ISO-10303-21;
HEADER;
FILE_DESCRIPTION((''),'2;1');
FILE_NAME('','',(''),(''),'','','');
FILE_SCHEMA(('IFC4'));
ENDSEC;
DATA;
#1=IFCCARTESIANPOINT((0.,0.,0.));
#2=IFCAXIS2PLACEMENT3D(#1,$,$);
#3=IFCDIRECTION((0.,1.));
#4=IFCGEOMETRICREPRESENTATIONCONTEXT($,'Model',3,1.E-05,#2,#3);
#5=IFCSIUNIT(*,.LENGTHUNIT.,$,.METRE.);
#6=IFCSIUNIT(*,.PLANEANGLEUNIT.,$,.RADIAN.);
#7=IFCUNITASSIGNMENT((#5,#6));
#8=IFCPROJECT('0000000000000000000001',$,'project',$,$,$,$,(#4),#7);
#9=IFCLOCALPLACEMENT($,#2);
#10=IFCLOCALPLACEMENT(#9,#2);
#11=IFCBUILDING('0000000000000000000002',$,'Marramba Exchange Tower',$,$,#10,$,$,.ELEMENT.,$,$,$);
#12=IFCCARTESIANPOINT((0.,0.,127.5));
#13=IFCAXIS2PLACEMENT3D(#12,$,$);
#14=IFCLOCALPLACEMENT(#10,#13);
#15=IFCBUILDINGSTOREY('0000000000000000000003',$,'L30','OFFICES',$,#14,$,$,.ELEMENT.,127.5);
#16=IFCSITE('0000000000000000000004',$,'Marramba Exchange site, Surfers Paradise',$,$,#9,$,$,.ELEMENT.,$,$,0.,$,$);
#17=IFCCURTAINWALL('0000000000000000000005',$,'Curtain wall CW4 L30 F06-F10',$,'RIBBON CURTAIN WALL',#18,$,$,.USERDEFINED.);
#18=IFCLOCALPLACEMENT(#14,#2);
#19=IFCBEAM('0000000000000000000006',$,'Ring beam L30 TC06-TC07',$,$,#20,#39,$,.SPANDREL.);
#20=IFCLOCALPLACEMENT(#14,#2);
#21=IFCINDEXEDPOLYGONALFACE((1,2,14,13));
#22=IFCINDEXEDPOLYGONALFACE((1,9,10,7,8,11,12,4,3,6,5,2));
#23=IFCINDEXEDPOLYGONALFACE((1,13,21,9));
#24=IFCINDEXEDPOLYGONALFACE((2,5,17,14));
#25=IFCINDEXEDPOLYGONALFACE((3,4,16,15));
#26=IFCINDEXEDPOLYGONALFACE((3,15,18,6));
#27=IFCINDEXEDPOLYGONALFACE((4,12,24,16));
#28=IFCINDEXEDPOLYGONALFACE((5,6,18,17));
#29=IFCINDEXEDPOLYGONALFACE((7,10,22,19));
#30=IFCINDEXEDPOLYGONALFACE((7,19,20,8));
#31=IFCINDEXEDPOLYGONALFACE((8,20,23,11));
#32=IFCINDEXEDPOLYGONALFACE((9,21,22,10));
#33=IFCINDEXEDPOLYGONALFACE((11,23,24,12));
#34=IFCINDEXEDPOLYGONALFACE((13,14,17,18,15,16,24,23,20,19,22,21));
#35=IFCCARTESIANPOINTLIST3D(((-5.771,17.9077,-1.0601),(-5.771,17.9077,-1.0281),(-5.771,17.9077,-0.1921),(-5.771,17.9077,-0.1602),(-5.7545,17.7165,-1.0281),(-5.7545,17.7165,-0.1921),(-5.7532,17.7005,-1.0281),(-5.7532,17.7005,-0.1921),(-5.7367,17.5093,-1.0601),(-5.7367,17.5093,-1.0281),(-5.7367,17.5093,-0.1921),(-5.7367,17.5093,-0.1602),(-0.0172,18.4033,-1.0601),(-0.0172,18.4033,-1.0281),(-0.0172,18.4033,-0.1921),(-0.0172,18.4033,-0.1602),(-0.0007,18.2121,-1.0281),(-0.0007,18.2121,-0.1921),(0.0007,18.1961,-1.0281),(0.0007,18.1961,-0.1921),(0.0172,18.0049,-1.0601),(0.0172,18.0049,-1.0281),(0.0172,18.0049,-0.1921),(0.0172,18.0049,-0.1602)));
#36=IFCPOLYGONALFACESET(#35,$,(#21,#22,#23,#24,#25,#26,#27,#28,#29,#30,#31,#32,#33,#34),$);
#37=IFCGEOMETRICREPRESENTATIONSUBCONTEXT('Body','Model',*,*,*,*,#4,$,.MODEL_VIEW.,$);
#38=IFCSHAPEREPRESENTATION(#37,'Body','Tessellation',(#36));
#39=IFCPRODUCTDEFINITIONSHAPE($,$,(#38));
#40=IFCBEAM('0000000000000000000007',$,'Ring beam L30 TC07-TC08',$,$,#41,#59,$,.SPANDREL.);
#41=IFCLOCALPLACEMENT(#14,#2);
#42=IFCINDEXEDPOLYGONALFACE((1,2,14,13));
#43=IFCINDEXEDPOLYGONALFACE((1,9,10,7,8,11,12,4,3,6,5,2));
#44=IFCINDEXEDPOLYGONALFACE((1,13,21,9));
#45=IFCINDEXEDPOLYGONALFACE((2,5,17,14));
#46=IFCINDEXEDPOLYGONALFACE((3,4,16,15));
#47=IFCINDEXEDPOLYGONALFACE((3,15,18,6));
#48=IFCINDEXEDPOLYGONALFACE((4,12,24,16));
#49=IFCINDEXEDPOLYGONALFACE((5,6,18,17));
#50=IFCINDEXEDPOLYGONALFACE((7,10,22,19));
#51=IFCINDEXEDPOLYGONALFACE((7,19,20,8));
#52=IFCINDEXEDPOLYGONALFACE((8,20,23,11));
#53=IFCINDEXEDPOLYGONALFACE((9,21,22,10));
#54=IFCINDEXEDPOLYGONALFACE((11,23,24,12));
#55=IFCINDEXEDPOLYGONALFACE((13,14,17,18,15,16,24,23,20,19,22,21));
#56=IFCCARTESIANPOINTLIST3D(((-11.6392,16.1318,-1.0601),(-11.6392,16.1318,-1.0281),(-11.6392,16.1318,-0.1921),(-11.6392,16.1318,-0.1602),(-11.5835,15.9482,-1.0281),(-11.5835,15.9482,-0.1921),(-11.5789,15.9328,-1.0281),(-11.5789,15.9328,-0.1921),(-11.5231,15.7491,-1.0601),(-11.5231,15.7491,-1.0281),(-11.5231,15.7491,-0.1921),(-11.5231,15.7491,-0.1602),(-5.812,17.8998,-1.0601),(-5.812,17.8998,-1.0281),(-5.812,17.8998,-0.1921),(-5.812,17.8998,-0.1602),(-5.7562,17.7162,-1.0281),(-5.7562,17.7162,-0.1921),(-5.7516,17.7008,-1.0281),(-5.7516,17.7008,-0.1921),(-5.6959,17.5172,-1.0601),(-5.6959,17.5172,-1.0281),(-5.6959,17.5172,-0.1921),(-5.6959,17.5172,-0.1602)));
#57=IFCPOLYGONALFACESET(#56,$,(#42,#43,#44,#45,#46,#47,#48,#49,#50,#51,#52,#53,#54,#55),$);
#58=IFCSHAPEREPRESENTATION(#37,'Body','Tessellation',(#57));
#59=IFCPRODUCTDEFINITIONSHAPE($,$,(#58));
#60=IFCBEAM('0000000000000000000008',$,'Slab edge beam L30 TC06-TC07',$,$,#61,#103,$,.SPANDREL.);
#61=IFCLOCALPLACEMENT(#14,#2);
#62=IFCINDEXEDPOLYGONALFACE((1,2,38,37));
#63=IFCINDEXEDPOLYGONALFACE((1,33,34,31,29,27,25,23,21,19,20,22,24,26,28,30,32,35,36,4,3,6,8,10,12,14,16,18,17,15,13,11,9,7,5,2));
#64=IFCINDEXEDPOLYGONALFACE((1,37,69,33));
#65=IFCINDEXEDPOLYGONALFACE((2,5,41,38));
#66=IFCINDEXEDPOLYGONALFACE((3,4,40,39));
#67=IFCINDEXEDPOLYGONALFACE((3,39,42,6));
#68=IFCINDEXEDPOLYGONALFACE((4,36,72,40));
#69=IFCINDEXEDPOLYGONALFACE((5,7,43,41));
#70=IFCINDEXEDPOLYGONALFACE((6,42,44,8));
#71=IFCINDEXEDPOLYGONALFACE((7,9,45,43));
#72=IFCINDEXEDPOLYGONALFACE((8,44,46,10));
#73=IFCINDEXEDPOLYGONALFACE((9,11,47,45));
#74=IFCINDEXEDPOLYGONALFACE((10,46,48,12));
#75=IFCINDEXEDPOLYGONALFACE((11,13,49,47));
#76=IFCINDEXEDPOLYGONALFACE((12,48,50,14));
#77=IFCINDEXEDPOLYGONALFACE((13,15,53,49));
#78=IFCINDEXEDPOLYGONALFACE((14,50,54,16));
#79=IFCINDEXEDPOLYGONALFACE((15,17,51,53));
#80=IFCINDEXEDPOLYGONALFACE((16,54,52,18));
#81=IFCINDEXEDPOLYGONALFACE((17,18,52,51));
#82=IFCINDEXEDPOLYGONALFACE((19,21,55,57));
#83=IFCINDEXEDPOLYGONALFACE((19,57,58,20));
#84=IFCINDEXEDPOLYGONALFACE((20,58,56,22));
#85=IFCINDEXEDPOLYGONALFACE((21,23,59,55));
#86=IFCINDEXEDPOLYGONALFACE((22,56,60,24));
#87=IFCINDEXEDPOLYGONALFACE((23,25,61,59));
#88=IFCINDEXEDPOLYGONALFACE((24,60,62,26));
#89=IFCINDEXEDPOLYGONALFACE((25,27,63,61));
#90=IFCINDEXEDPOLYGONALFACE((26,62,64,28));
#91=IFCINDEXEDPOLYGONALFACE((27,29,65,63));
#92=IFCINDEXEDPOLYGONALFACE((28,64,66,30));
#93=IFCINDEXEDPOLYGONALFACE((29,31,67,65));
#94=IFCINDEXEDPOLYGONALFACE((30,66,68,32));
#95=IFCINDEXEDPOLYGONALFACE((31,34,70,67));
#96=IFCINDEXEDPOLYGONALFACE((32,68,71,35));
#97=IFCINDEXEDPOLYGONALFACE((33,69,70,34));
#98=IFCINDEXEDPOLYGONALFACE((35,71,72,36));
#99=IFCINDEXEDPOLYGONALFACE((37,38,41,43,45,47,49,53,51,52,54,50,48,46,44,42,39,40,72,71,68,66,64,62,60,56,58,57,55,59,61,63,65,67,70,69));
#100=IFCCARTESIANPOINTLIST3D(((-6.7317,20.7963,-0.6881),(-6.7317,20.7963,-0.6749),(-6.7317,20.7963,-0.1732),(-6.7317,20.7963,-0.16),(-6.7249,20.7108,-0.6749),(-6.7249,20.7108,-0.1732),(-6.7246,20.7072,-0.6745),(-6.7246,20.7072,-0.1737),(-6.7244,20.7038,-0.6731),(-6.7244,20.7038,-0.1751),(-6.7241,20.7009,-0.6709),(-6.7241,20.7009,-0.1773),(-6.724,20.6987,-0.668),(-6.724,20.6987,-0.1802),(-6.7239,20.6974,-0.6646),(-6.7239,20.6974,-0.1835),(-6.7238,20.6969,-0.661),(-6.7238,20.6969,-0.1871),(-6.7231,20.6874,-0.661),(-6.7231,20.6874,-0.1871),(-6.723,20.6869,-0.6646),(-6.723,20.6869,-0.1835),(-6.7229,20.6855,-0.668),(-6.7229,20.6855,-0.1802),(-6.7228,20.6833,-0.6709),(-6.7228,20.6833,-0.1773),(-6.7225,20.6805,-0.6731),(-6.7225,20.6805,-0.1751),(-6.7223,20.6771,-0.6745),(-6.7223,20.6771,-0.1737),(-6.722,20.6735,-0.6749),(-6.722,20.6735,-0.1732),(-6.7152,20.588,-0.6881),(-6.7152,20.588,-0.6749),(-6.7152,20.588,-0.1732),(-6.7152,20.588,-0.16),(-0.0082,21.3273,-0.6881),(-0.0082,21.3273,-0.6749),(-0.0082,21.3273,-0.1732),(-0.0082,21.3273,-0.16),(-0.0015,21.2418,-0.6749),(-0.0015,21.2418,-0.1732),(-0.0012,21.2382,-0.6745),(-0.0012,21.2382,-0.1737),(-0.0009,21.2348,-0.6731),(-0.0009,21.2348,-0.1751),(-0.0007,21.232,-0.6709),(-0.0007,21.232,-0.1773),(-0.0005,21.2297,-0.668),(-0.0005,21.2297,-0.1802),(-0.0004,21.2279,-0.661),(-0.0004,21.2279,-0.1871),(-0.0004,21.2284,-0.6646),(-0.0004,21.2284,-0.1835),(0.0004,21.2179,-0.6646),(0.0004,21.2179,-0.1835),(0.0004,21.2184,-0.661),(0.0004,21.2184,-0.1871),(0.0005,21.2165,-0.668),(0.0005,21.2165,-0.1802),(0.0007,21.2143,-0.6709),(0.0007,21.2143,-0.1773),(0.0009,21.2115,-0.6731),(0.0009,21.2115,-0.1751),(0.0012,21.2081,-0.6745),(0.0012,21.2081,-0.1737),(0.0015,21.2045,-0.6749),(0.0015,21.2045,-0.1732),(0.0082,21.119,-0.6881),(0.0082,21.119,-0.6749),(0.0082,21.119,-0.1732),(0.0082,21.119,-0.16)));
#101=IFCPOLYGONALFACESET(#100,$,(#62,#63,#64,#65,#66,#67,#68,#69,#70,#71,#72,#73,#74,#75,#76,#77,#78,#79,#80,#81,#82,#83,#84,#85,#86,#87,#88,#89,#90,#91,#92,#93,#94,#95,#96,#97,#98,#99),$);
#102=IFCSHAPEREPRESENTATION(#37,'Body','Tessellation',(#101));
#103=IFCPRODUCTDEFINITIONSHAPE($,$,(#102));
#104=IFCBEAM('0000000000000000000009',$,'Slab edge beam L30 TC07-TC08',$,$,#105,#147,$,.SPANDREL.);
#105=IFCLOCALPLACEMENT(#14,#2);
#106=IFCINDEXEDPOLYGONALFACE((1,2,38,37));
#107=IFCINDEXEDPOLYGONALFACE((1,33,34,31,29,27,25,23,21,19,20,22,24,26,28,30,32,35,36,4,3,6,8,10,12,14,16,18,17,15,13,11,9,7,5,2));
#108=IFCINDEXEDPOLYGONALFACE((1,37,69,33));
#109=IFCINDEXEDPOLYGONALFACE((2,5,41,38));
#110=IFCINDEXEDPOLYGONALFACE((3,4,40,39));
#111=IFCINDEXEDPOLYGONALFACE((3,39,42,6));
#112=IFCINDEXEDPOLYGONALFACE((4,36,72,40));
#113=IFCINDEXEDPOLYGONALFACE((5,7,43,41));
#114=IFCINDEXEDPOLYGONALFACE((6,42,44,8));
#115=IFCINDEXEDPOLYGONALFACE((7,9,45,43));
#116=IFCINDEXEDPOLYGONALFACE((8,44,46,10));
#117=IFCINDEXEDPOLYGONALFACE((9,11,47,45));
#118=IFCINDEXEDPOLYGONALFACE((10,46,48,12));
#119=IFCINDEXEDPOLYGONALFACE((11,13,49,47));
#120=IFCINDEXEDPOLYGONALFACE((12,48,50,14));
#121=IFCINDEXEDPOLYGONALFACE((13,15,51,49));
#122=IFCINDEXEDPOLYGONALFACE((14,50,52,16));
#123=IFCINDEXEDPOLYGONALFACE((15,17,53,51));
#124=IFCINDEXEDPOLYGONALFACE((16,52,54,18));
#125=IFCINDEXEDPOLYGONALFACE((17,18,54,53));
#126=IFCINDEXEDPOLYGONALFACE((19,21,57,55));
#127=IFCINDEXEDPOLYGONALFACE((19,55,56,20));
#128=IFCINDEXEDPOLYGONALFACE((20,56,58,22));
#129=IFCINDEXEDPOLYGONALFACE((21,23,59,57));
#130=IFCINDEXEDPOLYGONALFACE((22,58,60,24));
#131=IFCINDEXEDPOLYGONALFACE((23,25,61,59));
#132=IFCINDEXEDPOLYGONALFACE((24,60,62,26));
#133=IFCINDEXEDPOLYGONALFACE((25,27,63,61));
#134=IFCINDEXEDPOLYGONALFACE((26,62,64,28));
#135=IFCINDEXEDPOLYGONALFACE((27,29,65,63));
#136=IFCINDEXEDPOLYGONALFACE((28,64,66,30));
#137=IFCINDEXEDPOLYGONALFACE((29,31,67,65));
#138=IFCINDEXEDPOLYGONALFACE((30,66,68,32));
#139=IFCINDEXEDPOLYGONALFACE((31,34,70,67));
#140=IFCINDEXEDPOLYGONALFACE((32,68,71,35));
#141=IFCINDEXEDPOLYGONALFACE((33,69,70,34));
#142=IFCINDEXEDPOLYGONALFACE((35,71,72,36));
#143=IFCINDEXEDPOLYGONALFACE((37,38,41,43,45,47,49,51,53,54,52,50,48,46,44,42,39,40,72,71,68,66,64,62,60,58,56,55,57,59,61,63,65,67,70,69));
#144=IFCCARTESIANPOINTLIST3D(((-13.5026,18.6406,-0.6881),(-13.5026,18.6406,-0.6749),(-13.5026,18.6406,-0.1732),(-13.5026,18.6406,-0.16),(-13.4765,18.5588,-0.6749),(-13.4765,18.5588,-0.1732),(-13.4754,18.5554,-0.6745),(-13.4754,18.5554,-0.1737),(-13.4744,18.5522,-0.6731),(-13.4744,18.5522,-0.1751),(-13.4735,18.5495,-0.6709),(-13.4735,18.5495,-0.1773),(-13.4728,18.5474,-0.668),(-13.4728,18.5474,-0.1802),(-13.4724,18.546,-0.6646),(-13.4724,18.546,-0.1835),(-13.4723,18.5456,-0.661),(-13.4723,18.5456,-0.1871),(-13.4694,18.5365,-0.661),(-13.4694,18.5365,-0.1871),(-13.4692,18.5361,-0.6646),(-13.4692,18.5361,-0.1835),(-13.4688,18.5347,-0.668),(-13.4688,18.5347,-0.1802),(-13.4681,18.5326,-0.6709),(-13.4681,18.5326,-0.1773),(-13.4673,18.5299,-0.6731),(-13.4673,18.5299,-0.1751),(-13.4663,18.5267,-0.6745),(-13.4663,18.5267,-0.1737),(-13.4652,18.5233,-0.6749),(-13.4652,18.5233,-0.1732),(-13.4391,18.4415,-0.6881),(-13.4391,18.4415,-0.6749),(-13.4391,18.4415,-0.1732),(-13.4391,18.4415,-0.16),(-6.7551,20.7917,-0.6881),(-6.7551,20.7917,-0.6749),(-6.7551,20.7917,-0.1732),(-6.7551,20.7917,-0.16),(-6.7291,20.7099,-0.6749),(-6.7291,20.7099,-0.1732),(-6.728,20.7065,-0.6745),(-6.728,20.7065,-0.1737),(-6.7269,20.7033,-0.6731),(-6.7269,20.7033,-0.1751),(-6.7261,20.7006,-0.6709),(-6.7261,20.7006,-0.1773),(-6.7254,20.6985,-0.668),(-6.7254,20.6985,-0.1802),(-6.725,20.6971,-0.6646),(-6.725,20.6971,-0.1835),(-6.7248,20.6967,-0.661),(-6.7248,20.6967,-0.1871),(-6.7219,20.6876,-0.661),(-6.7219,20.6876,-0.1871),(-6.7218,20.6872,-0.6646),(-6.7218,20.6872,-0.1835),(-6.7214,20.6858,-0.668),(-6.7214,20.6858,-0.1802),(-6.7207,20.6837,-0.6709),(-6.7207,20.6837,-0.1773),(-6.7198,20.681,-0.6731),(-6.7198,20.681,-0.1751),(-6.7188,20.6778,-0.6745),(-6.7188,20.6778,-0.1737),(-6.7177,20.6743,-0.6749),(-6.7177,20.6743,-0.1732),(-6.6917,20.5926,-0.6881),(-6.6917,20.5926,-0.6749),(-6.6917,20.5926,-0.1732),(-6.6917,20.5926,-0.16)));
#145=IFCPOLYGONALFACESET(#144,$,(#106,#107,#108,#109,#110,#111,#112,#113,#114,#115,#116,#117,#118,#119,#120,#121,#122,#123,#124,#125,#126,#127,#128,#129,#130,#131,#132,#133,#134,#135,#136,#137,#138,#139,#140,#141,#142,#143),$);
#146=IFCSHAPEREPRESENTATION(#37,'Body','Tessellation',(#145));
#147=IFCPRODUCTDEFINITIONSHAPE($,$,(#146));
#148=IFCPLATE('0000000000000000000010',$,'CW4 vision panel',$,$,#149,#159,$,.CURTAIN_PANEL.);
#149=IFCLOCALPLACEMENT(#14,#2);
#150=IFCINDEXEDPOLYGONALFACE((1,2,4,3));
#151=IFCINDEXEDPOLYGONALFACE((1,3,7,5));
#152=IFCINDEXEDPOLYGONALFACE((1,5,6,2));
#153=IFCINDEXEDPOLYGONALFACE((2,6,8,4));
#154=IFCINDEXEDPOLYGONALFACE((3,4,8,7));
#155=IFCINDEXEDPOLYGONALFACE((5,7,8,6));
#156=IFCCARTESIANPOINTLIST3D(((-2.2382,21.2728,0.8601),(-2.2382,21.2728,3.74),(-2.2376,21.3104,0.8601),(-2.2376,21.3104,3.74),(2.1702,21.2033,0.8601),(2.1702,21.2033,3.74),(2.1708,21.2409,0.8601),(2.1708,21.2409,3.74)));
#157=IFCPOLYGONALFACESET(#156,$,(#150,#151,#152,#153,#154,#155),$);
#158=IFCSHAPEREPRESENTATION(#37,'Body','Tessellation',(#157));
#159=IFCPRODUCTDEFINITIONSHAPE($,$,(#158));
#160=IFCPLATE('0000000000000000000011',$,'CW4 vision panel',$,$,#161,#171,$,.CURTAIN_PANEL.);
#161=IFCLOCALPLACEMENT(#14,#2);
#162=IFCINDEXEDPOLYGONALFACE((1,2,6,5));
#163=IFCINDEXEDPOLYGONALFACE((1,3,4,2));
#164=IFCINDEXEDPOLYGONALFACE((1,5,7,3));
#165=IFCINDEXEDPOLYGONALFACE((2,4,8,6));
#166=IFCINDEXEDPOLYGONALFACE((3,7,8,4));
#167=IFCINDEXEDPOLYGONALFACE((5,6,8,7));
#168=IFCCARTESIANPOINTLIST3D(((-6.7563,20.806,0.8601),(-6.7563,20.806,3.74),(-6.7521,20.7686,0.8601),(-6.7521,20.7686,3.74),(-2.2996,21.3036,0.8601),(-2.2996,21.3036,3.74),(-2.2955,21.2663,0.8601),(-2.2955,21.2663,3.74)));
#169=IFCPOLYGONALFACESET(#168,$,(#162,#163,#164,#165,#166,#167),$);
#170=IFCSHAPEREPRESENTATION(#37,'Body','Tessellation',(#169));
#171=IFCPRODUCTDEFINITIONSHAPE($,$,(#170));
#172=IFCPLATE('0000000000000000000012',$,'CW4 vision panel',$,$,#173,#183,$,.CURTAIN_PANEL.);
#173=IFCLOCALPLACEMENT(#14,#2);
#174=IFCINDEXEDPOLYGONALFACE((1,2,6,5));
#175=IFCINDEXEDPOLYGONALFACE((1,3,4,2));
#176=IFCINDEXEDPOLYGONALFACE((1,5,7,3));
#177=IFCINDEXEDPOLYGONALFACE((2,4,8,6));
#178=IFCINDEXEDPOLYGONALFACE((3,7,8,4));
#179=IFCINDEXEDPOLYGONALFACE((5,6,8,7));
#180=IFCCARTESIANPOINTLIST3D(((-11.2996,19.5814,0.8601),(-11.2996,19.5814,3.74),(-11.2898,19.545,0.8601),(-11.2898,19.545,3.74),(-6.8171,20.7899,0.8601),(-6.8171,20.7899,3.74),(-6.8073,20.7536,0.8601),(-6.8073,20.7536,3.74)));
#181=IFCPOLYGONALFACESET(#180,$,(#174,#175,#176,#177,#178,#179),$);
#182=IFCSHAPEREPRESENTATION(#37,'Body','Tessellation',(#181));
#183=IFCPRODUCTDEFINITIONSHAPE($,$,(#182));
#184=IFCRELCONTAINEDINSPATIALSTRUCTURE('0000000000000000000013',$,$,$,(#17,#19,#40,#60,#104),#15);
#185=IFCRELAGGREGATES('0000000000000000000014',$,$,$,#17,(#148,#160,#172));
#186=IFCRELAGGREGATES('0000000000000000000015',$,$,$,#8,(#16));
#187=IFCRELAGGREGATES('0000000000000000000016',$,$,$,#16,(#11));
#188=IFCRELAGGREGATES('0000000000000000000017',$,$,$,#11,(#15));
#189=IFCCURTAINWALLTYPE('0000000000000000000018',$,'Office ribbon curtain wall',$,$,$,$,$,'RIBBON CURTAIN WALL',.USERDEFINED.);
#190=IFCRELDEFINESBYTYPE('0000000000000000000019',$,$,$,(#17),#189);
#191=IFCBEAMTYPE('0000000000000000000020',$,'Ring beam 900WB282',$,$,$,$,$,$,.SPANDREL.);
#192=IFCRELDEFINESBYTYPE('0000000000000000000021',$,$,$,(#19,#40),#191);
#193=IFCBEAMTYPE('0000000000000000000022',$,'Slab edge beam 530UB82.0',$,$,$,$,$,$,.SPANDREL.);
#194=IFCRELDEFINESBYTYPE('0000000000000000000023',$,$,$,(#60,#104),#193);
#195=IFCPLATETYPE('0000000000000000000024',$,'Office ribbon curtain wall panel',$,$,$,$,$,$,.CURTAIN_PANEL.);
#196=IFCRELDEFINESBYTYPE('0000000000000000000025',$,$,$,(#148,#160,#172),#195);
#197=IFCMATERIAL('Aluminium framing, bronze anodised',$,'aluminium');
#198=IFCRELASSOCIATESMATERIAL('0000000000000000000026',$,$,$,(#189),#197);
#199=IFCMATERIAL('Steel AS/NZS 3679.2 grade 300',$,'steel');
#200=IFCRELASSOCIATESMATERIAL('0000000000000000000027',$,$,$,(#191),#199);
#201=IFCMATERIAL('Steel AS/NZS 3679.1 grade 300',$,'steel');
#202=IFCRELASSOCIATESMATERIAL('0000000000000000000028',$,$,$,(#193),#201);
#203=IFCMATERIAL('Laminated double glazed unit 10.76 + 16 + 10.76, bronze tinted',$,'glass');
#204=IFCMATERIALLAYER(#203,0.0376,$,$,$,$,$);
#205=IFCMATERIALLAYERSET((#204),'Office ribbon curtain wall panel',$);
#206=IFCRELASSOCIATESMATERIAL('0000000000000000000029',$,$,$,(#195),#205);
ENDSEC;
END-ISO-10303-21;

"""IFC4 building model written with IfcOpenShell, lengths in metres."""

from ifc_helpers import new_model, si_unit, direction, frame, origin, origin_2d, place, context, subcontext, project, spatial, rectangle, i_section, extrude, material, layer, layer_set, material_profile, profile_set, type_object, element, aggregate, save


model = new_model("IFC4")

# Units and contexts
model_context = context("Model", 3, precision=1e-05, world=origin(), true_north=direction((0.0, 1.0)))
body_context = subcontext(model_context, "Body", "Model", "MODEL_VIEW")
ifc_project = project(units=[si_unit("LENGTHUNIT", "METRE"), si_unit("PLANEANGLEUNIT", "RADIAN")], contexts=[model_context])

# Site, building, storey
site_placement = place(None, origin())
site = spatial("IfcSite", under=ifc_project, at=site_placement, Name="Marramba Exchange site, Surfers Paradise", CompositionType="ELEMENT", RefElevation=0.0)
building_placement = place(site_placement, origin())
building = spatial("IfcBuilding", under=site, at=building_placement, Name="Marramba Exchange Tower", CompositionType="ELEMENT")
storey_placement = place(building_placement, frame((0.0, 0.0, 127.5)))
storey = spatial("IfcBuildingStorey", under=building, at=storey_placement, Name="L30", Description="OFFICES", CompositionType="ELEMENT", Elevation=127.5)

# Shared definitions
ifc_material_1 = material(Name="Steel AS/NZS 3679.2 grade 300", Category="steel")

# Curtain wall
ifc_material_2 = material(Name="Aluminium framing, bronze anodised", Category="aluminium")
curtain_wall_type = type_object("IfcCurtainWallType", Name="Office ribbon curtain wall", ElementType="RIBBON CURTAIN WALL", PredefinedType="USERDEFINED", material=ifc_material_2)
curtain_wall_1_placement = place(storey_placement, origin())
curtain_wall_1 = element("IfcCurtainWall", 1, at=curtain_wall_1_placement, inside=storey, type_object=curtain_wall_type, Name="Curtain wall CW4 L30 F06-F10", ObjectType="RIBBON CURTAIN WALL", PredefinedType="USERDEFINED")

# Beams
ifc_material_profile_1 = material_profile(ifc_material_1, i_section(OverallWidth=0.3999, OverallDepth=0.8999, WebThickness=0.0161, FlangeThickness=0.032, at=origin_2d()), Name="900WB282")
ifc_profile_set_1 = profile_set([ifc_material_profile_1], Name="Steel AS/NZS 3679.2 grade 300")
beam_type_1 = type_object("IfcBeamType", Name="Ring beam 900WB282", PredefinedType="SPANDREL", material=ifc_profile_set_1)
beam_1_placement = place(storey_placement, frame((0.0, 18.2041, -0.6101), z_axis=(-0.996311, -0.085816, 0.0), x_axis=(0.085816, -0.996311, 0.0)))
element("IfcBeam", 2, at=beam_1_placement, inside=storey, type_object=beam_type_1, Name="Ring beam L30 TC06-TC07", PredefinedType="SPANDREL", context=body_context, shape_type="SweptSolid", body=[
    extrude(i_section(OverallWidth=0.3999, OverallDepth=0.8999, WebThickness=0.0161, FlangeThickness=0.032, at=origin_2d()), origin(), (0.0, 0.0, 1.0), 5.7751),
])
beam_2_placement = place(storey_placement, frame((-5.7539, 17.7085, -0.6101), z_axis=(-0.956925, -0.290337, 0.0), x_axis=(0.290337, -0.956925, 0.0)))
element("IfcBeam", 3, at=beam_2_placement, inside=storey, type_object=beam_type_1, Name="Ring beam L30 TC07-TC08", PredefinedType="SPANDREL", context=body_context, shape_type="SweptSolid", body=[
    extrude(i_section(OverallWidth=0.3999, OverallDepth=0.8999, WebThickness=0.0161, FlangeThickness=0.032, at=origin_2d()), origin(), (0.0, 0.0, 1.0), 6.0896),
])
ifc_material_3 = material(Name="Steel AS/NZS 3679.1 grade 300", Category="steel")
ifc_material_profile_2 = material_profile(ifc_material_3, i_section(OverallWidth=0.209, OverallDepth=0.5281, WebThickness=0.0095, FlangeThickness=0.0132, FilletRadius=0.0139, at=origin_2d()), Name="530UB82.0")
ifc_profile_set_2 = profile_set([ifc_material_profile_2], Name="Steel AS/NZS 3679.1 grade 300")
beam_type_2 = type_object("IfcBeamType", Name="Slab edge beam 530UB82.0", PredefinedType="SPANDREL", material=ifc_profile_set_2)
beam_3_placement = place(storey_placement, frame((0.0, 21.2231, -0.4241), z_axis=(-0.996896, -0.078734, 0.0), x_axis=(0.078734, -0.996896, 0.0)))
element("IfcBeam", 4, at=beam_3_placement, inside=storey, type_object=beam_type_2, Name="Slab edge beam L30 TC06-TC07", PredefinedType="SPANDREL", context=body_context, shape_type="SweptSolid", body=[
    extrude(i_section(OverallWidth=0.209, OverallDepth=0.5281, WebThickness=0.0095, FlangeThickness=0.0132, FilletRadius=0.0139, at=origin_2d()), origin(), (0.0, 0.0, 1.0), 6.7444),
])
beam_4_placement = place(storey_placement, frame((-6.7234, 20.6921, -0.4241), z_axis=(-0.952755, -0.303739, 0.0), x_axis=(0.303739, -0.952755, 0.0)))
element("IfcBeam", 5, at=beam_4_placement, inside=storey, type_object=beam_type_2, Name="Slab edge beam L30 TC07-TC08", PredefinedType="SPANDREL", context=body_context, shape_type="SweptSolid", body=[
    extrude(i_section(OverallWidth=0.209, OverallDepth=0.5281, WebThickness=0.0095, FlangeThickness=0.0132, FilletRadius=0.0139, at=origin_2d()), origin(), (0.0, 0.0, 1.0), 7.082),
])

# Plates
ifc_material_4 = material(Name="Laminated double glazed unit 10.76 + 16 + 10.76, bronze tinted", Category="glass")
ifc_layer_1 = layer(ifc_material_4, 0.0376)
ifc_layer_set_1 = layer_set([ifc_layer_1], Name="Office ribbon curtain wall panel")
plate_type = type_object("IfcPlateType", Name="Office ribbon curtain wall panel", PredefinedType="CURTAIN_PANEL", material=ifc_layer_set_1)
plate_1_placement = place(storey_placement, frame((-0.0337, 21.2568, 0.8601), z_axis=(0.0, 0.0, 1.0), x_axis=(-0.999876, 0.015756, 0.0)))
plate_1 = element("IfcPlate", 6, at=plate_1_placement, type_object=plate_type, Name="CW4 vision panel", PredefinedType="CURTAIN_PANEL", context=body_context, shape_type="SweptSolid", body=[
    extrude(rectangle(XDim=4.4089, YDim=0.0376, at=origin_2d()), origin(), (0.0, 0.0, 1.0), 2.8799),
])
plate_2_placement = place(storey_placement, frame((-4.5259, 21.0361, 0.8601), z_axis=(0.0, 0.0, 1.0), x_axis=(-0.993823, -0.110973, 0.0)))
plate_2 = element("IfcPlate", 7, at=plate_2_placement, type_object=plate_type, Name="CW4 vision panel", PredefinedType="CURTAIN_PANEL", context=body_context, shape_type="SweptSolid", body=[
    extrude(rectangle(XDim=4.4844, YDim=0.0376, at=origin_2d()), origin(), (0.0, 0.0, 1.0), 2.8799),
])
plate_3_placement = place(storey_placement, frame((-9.0535, 20.1675, 0.8601), z_axis=(0.0, 0.0, 1.0), x_axis=(-0.965522, -0.260321, 0.0)))
plate_3 = element("IfcPlate", 8, at=plate_3_placement, type_object=plate_type, Name="CW4 vision panel", PredefinedType="CURTAIN_PANEL", context=body_context, shape_type="SweptSolid", body=[
    extrude(rectangle(XDim=4.6426, YDim=0.0376, at=origin_2d()), origin(), (0.0, 0.0, 1.0), 2.8799),
])
aggregate(curtain_wall_1, [plate_1, plate_2, plate_3])

save(model, "model.ifc")
